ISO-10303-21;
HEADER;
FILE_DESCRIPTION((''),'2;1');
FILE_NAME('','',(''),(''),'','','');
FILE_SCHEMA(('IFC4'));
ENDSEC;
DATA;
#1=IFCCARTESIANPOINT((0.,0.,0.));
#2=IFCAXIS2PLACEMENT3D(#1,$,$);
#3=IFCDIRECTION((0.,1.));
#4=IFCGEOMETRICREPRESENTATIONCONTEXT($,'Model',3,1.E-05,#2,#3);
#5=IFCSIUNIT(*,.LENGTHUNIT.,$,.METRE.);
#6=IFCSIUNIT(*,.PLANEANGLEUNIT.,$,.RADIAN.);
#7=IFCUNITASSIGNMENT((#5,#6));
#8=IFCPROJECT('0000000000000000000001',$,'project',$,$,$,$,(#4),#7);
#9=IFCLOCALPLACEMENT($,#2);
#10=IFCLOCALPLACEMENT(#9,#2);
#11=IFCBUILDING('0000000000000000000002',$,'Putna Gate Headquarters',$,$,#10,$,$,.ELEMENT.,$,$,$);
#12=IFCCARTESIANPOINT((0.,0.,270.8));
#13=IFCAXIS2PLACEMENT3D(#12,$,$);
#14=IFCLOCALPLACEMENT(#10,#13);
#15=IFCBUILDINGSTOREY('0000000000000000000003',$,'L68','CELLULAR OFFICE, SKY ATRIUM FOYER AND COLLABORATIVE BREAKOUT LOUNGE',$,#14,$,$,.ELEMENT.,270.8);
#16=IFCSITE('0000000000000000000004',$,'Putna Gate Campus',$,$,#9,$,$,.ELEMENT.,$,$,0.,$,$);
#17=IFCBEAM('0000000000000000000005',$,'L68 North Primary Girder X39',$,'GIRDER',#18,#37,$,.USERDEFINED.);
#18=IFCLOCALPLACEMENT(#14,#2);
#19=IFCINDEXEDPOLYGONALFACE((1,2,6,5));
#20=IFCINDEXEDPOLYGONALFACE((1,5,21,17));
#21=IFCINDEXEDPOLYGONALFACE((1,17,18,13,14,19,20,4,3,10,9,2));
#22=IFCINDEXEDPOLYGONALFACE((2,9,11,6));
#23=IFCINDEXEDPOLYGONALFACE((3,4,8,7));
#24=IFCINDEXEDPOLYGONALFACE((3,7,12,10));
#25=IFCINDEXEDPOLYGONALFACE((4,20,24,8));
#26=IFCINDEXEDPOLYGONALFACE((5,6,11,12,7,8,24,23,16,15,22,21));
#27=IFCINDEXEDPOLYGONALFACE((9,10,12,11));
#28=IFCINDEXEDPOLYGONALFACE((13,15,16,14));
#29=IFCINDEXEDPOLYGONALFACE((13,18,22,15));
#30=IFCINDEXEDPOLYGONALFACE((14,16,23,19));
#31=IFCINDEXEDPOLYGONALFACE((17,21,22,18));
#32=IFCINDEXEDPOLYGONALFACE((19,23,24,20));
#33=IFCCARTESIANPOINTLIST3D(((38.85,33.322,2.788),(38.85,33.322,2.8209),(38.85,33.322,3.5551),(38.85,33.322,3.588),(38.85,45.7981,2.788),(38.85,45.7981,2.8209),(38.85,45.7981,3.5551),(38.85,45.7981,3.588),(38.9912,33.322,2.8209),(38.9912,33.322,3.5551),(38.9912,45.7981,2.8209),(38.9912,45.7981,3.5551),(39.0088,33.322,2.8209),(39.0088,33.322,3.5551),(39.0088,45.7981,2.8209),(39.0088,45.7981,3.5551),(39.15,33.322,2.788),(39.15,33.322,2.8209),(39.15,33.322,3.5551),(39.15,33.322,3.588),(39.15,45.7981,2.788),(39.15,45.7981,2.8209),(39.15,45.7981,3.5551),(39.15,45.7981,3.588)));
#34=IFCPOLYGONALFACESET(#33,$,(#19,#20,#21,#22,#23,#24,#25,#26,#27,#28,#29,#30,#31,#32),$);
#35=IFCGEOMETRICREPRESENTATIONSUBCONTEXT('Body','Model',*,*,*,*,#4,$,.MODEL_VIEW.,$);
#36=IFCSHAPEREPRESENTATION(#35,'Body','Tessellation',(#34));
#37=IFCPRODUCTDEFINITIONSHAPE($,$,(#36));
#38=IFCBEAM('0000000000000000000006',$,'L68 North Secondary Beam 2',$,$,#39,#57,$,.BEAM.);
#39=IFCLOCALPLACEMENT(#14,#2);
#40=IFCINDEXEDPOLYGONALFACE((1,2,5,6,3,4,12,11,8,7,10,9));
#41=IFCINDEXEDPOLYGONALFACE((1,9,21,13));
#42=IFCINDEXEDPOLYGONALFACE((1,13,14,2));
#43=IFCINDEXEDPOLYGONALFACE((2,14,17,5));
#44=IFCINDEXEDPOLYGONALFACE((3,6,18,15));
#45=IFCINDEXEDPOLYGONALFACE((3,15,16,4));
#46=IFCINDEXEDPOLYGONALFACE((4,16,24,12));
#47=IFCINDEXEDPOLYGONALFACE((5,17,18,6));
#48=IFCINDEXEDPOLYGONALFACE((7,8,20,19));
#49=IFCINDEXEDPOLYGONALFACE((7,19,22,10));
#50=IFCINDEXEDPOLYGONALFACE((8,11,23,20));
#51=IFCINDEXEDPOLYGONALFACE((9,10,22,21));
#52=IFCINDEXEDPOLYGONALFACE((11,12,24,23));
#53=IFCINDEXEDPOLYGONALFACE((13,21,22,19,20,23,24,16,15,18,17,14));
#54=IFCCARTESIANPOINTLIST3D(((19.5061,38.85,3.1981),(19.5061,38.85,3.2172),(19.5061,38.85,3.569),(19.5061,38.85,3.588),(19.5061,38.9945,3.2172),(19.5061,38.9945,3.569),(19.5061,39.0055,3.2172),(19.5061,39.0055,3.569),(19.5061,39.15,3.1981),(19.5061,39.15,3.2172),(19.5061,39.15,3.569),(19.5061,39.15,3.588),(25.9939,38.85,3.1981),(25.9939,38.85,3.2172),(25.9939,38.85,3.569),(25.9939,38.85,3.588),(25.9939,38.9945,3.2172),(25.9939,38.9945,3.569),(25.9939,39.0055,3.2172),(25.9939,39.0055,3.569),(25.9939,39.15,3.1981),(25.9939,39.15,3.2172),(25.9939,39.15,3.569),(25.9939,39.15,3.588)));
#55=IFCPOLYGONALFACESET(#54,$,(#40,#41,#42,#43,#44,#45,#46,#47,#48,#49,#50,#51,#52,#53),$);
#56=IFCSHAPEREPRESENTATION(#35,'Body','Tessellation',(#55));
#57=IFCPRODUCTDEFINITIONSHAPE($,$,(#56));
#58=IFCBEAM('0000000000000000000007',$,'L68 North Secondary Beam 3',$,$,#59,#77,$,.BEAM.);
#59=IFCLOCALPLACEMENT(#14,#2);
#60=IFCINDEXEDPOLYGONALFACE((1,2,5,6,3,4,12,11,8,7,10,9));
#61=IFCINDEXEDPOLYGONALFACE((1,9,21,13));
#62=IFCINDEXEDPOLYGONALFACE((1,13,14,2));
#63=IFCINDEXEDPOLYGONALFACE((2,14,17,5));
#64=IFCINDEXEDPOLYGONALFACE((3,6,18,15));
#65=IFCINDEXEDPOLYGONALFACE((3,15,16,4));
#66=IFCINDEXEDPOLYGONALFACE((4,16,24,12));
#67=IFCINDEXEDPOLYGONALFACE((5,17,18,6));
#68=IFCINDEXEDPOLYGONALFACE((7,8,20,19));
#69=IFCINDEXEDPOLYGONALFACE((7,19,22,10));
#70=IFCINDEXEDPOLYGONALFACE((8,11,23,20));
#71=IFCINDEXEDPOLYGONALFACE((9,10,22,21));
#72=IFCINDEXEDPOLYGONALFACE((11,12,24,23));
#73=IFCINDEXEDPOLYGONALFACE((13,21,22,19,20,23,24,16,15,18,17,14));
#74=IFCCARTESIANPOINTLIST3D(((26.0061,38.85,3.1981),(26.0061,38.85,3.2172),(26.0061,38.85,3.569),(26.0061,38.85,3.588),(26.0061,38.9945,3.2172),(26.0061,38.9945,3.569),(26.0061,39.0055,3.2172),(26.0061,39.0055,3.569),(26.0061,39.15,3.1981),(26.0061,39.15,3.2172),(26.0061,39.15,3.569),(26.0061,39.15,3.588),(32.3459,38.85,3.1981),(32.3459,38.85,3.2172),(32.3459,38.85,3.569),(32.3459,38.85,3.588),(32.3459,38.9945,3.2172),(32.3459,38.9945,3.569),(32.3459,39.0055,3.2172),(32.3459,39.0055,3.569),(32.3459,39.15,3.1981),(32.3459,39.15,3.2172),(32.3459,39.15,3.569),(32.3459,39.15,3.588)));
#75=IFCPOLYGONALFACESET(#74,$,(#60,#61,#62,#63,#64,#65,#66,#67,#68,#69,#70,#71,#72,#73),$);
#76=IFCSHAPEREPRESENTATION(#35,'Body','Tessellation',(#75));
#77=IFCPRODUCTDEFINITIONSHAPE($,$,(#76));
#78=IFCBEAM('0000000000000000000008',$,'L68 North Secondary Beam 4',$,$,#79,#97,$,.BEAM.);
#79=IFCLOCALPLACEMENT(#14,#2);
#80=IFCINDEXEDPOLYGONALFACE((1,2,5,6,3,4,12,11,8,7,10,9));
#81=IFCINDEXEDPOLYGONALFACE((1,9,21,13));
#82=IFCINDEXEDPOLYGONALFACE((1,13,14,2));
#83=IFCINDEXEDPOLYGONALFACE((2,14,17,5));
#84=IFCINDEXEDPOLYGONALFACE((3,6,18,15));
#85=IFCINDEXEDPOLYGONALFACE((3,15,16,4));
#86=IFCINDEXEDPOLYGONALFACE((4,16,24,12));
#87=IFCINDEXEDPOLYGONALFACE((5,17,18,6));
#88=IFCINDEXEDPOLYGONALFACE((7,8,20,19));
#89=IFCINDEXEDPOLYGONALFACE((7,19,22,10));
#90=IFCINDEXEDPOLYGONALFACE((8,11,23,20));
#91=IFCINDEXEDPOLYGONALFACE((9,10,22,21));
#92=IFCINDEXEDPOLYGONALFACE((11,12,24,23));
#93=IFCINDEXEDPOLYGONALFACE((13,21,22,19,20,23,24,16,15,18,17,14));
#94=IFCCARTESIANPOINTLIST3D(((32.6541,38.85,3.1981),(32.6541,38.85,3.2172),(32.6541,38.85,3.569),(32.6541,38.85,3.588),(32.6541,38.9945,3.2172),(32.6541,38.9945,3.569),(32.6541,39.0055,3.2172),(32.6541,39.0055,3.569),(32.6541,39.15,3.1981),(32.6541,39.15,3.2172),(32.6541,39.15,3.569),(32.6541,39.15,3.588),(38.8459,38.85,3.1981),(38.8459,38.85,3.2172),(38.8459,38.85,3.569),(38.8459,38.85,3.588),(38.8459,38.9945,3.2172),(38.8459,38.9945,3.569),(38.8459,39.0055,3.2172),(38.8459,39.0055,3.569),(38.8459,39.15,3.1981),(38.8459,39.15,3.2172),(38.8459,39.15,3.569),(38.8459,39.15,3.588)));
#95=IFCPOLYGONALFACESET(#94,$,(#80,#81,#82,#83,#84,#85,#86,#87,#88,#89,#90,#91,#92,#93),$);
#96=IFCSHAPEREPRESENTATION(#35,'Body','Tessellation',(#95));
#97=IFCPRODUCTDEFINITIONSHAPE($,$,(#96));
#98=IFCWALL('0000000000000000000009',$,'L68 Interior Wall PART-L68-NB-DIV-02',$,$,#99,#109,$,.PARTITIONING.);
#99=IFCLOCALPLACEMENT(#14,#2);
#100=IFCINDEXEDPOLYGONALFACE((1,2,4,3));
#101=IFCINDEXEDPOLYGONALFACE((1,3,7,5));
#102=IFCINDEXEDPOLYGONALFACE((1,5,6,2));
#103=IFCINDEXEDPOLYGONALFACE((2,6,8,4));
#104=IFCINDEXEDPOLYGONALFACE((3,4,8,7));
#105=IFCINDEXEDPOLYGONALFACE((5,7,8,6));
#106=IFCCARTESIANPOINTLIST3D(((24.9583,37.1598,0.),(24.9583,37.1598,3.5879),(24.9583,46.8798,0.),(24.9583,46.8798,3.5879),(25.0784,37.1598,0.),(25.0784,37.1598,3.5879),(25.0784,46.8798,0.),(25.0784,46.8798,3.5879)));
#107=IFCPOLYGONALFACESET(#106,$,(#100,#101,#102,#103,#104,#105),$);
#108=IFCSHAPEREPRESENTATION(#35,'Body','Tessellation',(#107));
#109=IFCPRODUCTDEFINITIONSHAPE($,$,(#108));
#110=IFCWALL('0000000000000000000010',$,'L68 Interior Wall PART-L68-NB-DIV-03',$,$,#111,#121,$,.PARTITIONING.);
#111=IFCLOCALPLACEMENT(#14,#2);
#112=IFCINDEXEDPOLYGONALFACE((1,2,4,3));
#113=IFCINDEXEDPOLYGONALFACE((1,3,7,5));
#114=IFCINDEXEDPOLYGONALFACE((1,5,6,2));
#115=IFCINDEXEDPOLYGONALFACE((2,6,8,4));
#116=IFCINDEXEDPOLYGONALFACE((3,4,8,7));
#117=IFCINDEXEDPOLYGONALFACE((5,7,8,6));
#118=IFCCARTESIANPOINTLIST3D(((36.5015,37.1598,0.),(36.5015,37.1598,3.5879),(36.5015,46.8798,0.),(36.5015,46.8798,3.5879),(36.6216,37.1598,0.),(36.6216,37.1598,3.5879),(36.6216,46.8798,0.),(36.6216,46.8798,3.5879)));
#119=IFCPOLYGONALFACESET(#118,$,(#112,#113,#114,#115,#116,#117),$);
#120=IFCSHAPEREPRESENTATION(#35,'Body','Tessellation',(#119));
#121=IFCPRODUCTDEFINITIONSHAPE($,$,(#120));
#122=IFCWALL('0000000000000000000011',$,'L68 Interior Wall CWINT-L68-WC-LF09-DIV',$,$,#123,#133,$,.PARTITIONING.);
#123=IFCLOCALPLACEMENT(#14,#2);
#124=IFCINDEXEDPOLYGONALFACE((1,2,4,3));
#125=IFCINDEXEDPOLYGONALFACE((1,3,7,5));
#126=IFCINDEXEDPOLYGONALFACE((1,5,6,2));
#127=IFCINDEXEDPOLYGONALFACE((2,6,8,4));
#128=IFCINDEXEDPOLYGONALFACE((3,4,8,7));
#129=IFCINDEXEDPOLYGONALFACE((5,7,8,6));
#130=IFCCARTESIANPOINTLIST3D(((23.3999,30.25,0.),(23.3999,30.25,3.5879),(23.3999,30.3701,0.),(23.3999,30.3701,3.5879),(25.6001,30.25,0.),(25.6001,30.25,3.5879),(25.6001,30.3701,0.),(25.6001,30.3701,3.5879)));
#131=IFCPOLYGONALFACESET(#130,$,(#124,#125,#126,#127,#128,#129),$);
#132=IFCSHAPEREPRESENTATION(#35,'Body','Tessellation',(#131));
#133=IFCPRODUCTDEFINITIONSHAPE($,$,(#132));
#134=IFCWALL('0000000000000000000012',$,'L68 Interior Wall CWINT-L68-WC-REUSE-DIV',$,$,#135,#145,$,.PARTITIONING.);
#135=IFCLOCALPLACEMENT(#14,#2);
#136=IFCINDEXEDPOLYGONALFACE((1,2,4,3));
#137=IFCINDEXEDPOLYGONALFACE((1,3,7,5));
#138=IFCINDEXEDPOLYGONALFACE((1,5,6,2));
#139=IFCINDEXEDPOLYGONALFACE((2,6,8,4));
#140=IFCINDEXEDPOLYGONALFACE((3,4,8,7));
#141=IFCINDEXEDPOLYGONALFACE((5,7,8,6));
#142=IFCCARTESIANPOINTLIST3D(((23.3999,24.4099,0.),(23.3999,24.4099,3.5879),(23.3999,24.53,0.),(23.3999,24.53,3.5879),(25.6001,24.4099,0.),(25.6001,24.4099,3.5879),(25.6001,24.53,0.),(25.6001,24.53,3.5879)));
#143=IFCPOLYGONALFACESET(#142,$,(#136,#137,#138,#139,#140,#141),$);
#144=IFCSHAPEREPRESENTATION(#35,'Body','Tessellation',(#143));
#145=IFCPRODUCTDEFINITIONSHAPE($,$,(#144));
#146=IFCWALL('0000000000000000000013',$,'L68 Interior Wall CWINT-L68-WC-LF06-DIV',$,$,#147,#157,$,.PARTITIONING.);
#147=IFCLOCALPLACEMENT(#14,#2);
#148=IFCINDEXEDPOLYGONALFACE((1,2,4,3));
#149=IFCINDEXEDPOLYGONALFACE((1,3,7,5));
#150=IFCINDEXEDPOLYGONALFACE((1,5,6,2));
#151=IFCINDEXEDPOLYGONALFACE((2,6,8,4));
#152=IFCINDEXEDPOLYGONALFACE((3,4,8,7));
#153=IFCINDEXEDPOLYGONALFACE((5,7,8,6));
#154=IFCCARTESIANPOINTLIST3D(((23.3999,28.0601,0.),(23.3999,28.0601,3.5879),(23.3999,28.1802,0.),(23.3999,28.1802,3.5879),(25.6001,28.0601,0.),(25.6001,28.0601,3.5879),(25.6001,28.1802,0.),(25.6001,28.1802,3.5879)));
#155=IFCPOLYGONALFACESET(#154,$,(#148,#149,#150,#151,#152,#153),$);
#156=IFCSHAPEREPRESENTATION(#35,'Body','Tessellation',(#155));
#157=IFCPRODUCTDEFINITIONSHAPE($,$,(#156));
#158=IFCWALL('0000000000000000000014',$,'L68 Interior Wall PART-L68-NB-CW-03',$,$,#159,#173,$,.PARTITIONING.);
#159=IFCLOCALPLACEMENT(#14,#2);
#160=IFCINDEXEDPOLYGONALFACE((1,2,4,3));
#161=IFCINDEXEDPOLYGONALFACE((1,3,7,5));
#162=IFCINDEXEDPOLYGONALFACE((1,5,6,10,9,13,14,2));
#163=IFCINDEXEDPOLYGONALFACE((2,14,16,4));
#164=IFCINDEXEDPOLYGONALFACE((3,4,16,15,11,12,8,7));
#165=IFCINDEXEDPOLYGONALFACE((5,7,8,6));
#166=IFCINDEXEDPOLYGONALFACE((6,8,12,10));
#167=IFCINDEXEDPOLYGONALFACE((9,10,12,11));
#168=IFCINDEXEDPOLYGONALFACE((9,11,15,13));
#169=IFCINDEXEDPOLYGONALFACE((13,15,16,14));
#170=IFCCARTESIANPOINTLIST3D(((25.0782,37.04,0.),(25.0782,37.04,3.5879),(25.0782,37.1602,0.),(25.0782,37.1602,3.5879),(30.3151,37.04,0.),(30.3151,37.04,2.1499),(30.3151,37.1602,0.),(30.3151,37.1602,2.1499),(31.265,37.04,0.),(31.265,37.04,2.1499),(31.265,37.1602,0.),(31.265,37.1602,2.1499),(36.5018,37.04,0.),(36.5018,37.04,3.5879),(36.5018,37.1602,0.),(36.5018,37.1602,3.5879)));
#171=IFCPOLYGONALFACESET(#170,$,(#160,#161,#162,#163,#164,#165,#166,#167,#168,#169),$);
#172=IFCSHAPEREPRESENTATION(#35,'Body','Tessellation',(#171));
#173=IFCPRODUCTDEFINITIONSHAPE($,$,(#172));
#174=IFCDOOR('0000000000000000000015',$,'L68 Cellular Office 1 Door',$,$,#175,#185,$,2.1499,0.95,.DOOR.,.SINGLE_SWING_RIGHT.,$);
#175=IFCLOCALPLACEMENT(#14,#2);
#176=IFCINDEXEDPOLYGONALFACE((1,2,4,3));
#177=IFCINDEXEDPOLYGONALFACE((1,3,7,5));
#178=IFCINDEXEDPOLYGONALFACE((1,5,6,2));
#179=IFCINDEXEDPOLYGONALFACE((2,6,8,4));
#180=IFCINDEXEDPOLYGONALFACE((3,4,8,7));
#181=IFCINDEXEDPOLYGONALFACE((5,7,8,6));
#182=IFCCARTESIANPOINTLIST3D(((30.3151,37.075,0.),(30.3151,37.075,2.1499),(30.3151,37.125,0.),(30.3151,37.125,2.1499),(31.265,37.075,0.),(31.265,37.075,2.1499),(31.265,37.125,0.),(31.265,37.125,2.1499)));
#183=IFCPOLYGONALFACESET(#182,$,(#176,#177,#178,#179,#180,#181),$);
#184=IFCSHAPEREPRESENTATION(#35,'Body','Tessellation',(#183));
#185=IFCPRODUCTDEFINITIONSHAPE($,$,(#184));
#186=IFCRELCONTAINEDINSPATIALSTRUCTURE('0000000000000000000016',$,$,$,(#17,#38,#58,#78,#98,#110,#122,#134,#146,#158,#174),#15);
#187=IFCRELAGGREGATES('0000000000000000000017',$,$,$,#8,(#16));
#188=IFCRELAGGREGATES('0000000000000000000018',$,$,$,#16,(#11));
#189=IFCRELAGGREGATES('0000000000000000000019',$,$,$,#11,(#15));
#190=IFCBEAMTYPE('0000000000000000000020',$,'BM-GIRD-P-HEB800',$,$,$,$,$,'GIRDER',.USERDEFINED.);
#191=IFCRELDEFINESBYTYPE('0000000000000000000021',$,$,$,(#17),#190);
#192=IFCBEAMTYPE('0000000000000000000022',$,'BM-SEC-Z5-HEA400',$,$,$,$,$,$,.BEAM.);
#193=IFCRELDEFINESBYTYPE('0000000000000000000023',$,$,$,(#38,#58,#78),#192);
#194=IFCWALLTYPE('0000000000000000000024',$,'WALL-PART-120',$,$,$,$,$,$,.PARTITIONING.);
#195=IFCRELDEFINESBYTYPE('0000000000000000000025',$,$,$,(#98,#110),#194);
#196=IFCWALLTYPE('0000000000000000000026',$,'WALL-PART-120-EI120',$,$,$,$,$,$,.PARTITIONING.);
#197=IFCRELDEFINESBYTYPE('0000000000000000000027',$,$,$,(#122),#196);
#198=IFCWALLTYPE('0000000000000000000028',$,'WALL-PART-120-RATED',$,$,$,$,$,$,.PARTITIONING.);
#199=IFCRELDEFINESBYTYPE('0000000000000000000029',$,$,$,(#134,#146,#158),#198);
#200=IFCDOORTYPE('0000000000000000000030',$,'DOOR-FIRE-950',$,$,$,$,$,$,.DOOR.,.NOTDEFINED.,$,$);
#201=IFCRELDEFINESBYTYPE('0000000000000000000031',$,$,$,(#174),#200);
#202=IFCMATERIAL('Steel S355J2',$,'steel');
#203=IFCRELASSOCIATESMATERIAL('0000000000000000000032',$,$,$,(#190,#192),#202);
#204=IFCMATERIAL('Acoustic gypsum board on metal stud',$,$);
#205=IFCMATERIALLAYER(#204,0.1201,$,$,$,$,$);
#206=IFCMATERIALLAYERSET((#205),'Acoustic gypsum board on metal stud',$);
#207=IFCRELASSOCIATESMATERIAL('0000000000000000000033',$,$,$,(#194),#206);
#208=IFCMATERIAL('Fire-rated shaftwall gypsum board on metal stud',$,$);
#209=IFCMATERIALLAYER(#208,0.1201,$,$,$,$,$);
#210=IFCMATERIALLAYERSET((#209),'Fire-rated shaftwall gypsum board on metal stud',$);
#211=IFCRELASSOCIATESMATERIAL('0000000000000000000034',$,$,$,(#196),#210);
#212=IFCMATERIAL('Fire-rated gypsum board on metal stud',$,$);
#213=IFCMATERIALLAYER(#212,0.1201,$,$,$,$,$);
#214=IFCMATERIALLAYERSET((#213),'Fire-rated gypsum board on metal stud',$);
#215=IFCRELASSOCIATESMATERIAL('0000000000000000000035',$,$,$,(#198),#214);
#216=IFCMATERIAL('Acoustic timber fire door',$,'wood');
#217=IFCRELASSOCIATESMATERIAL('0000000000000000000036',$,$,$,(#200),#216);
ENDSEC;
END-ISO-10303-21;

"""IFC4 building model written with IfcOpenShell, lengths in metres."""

from ifc_helpers import new_model, si_unit, direction, frame, frame_2d, origin, origin_2d, place, context, subcontext, project, spatial, rectangle, i_section, extrude, material, layer, layer_set, material_profile, profile_set, type_object, element, fill, save


model = new_model("IFC4")

# Units and contexts
model_context = context("Model", 3, precision=1e-05, world=origin(), true_north=direction((0.0, 1.0)))
body_context = subcontext(model_context, "Body", "Model", "MODEL_VIEW")
ifc_project = project(units=[si_unit("LENGTHUNIT", "METRE"), si_unit("PLANEANGLEUNIT", "RADIAN")], contexts=[model_context])

# Site, building, storey
site_placement = place(None, origin())
site = spatial("IfcSite", under=ifc_project, at=site_placement, Name="Putna Gate Campus", CompositionType="ELEMENT", RefElevation=0.0)
building_placement = place(site_placement, origin())
building = spatial("IfcBuilding", under=site, at=building_placement, Name="Putna Gate Headquarters", CompositionType="ELEMENT")
storey_placement = place(building_placement, frame((0.0, 0.0, 270.8)))
storey = spatial("IfcBuildingStorey", under=building, at=storey_placement, Name="L68", Description="CELLULAR OFFICE, SKY ATRIUM FOYER AND COLLABORATIVE BREAKOUT LOUNGE", CompositionType="ELEMENT", Elevation=270.8)

# Beams
ifc_material_1 = material(Name="Steel S355J2", Category="steel")
ifc_material_profile_1 = material_profile(ifc_material_1, i_section(OverallWidth=0.3, OverallDepth=0.8, WebThickness=0.0176, FlangeThickness=0.033, at=origin_2d()), Name="Steel S355J2")
ifc_profile_set_1 = profile_set([ifc_material_profile_1], Name="Steel S355J2")
beam_type_1 = type_object("IfcBeamType", Name="BM-GIRD-P-HEB800", ElementType="GIRDER", PredefinedType="USERDEFINED", material=ifc_profile_set_1)
for number, where, z_axis, x_axis, name in (
    (1, (39.0, 33.322, 3.188), (0.0, 1.0, 0.0), (-1.0, 0.0, 0.0), "L68 North Primary Girder X39"),
):
    element("IfcBeam", number, at=place(storey_placement, frame(where, z_axis=z_axis, x_axis=x_axis)), inside=storey, type_object=beam_type_1, Name=name, ObjectType="GIRDER", PredefinedType="USERDEFINED", context=body_context, shape_type="SweptSolid", body=[
        extrude(i_section(OverallWidth=0.3, OverallDepth=0.8, WebThickness=0.0176, FlangeThickness=0.033, at=origin_2d()), origin(), (0.0, 0.0, 1.0), 12.4761),
    ])
ifc_material_profile_2 = material_profile(ifc_material_1, i_section(OverallWidth=0.3, OverallDepth=0.3899, WebThickness=0.011, FlangeThickness=0.019, at=origin_2d()), Name="Steel S355J2")
ifc_profile_set_2 = profile_set([ifc_material_profile_2], Name="Steel S355J2")
beam_type_2 = type_object("IfcBeamType", Name="BM-SEC-Z5-HEA400", PredefinedType="BEAM", material=ifc_profile_set_2)
beam_1_placement = place(storey_placement, frame((19.5061, 39.0, 3.3931), z_axis=(1.0, 0.0, 0.0), x_axis=(0.0, 1.0, 0.0)))
element("IfcBeam", 2, at=beam_1_placement, inside=storey, type_object=beam_type_2, Name="L68 North Secondary Beam 2", PredefinedType="BEAM", context=body_context, shape_type="SweptSolid", body=[
    extrude(i_section(OverallWidth=0.3, OverallDepth=0.3899, WebThickness=0.011, FlangeThickness=0.019, at=origin_2d()), origin(), (0.0, 0.0, 1.0), 6.4878),
])
beam_2_placement = place(storey_placement, frame((26.0061, 39.0, 3.3931), z_axis=(1.0, 0.0, 0.0), x_axis=(0.0, 1.0, 0.0)))
element("IfcBeam", 3, at=beam_2_placement, inside=storey, type_object=beam_type_2, Name="L68 North Secondary Beam 3", PredefinedType="BEAM", context=body_context, shape_type="SweptSolid", body=[
    extrude(i_section(OverallWidth=0.3, OverallDepth=0.3899, WebThickness=0.011, FlangeThickness=0.019, at=origin_2d()), origin(), (0.0, 0.0, 1.0), 6.3398),
])
beam_3_placement = place(storey_placement, frame((32.6541, 39.0, 3.3931), z_axis=(1.0, 0.0, 0.0), x_axis=(0.0, 1.0, 0.0)))
element("IfcBeam", 4, at=beam_3_placement, inside=storey, type_object=beam_type_2, Name="L68 North Secondary Beam 4", PredefinedType="BEAM", context=body_context, shape_type="SweptSolid", body=[
    extrude(i_section(OverallWidth=0.3, OverallDepth=0.3899, WebThickness=0.011, FlangeThickness=0.019, at=origin_2d()), origin(), (0.0, 0.0, 1.0), 6.1919),
])

# Walls
ifc_material_2 = material(Name="Acoustic gypsum board on metal stud")
ifc_layer_1 = layer(ifc_material_2, 0.1201)
ifc_layer_set_1 = layer_set([ifc_layer_1], Name="Acoustic gypsum board on metal stud")
wall_type_1 = type_object("IfcWallType", Name="WALL-PART-120", PredefinedType="PARTITIONING", material=ifc_layer_set_1)
for number, where, z_axis, x_axis, name in (
    (5, (25.0183, 37.1599, 0.0), (0.0, 0.0, 1.0), (0.0, 1.0, 0.0), "L68 Interior Wall PART-L68-NB-DIV-02"),
    (6, (36.5615, 37.1599, 0.0), (0.0, 0.0, 1.0), (0.0, 1.0, 0.0), "L68 Interior Wall PART-L68-NB-DIV-03"),
):
    element("IfcWall", number, at=place(storey_placement, frame(where, z_axis=z_axis, x_axis=x_axis)), inside=storey, type_object=wall_type_1, Name=name, PredefinedType="PARTITIONING", context=body_context, shape_type="SweptSolid", body=[
        extrude(rectangle(XDim=9.72, YDim=0.1201, at=frame_2d((4.8599, 0.0))), origin(), (0.0, 0.0, 1.0), 3.5879),
    ])
ifc_material_3 = material(Name="Fire-rated shaftwall gypsum board on metal stud")
ifc_layer_2 = layer(ifc_material_3, 0.1201)
ifc_layer_set_2 = layer_set([ifc_layer_2], Name="Fire-rated shaftwall gypsum board on metal stud")
wall_type_2 = type_object("IfcWallType", Name="WALL-PART-120-EI120", PredefinedType="PARTITIONING", material=ifc_layer_set_2)
wall_1_placement = place(storey_placement, frame((23.3999, 30.3101, 0.0), z_axis=(0.0, 0.0, 1.0), x_axis=(1.0, 0.0, 0.0)))
element("IfcWall", 7, at=wall_1_placement, inside=storey, type_object=wall_type_2, Name="L68 Interior Wall CWINT-L68-WC-LF09-DIV", PredefinedType="PARTITIONING", context=body_context, shape_type="SweptSolid", body=[
    extrude(rectangle(XDim=2.2002, YDim=0.1201, at=frame_2d((1.1001, 0.0))), origin(), (0.0, 0.0, 1.0), 3.5879),
])
ifc_material_4 = material(Name="Fire-rated gypsum board on metal stud")
ifc_layer_3 = layer(ifc_material_4, 0.1201)
ifc_layer_set_3 = layer_set([ifc_layer_3], Name="Fire-rated gypsum board on metal stud")
wall_type_3 = type_object("IfcWallType", Name="WALL-PART-120-RATED", PredefinedType="PARTITIONING", material=ifc_layer_set_3)
for number, where, z_axis, x_axis, name in (
    (8, (23.3999, 24.47, 0.0), (0.0, 0.0, 1.0), (1.0, 0.0, 0.0), "L68 Interior Wall CWINT-L68-WC-REUSE-DIV"),
    (9, (23.3999, 28.1201, 0.0), (0.0, 0.0, 1.0), (1.0, 0.0, 0.0), "L68 Interior Wall CWINT-L68-WC-LF06-DIV"),
):
    element("IfcWall", number, at=place(storey_placement, frame(where, z_axis=z_axis, x_axis=x_axis)), inside=storey, type_object=wall_type_3, Name=name, PredefinedType="PARTITIONING", context=body_context, shape_type="SweptSolid", body=[
        extrude(rectangle(XDim=2.2002, YDim=0.1201, at=frame_2d((1.1001, 0.0))), origin(), (0.0, 0.0, 1.0), 3.5879),
    ])

# Wall, opening, door
wall_2_placement = place(storey_placement, frame((25.0781, 37.1001, 0.0), z_axis=(0.0, 0.0, 1.0), x_axis=(1.0, 0.0, 0.0)))
wall_2 = element("IfcWall", 10, at=wall_2_placement, inside=storey, type_object=wall_type_3, Name="L68 Interior Wall PART-L68-NB-CW-03", PredefinedType="PARTITIONING", context=body_context, shape_type="SweptSolid", body=[
    extrude(rectangle(XDim=11.4236, YDim=0.1201, at=frame_2d((5.7119, 0.0))), origin(), (0.0, 0.0, 1.0), 3.5879),
])
opening_1_placement = place(wall_2_placement, frame((5.2368, 0.0, 0.0)))
opening_1 = element("IfcOpeningElement", 11, at=opening_1_placement, cuts=wall_2, PredefinedType="OPENING", context=body_context, shape_type="SweptSolid", body=[
    extrude(rectangle(XDim=0.95, YDim=2.1499, at=frame_2d((0.4751, 1.075))), frame((0.0, 0.0701, 0.0), z_axis=(0.0, -1.0, 0.0), x_axis=(1.0, 0.0, 0.0)), (0.0, 0.0, 1.0), 0.1401),
])
ifc_material_5 = material(Name="Acoustic timber fire door", Category="wood")
door_type = type_object("IfcDoorType", Name="DOOR-FIRE-950", OperationType="NOTDEFINED", PredefinedType="DOOR", material=ifc_material_5)
door_1_placement = place(opening_1_placement, origin())
door_1 = element("IfcDoor", 12, at=door_1_placement, inside=storey, type_object=door_type, Name="L68 Cellular Office 1 Door", OperationType="SINGLE_SWING_RIGHT", OverallHeight=2.1499, OverallWidth=0.95, PredefinedType="DOOR", context=body_context, shape_type="SweptSolid", body=[
    extrude(rectangle(XDim=0.95, YDim=2.1499, at=frame_2d((0.4751, 1.075))), frame((0.0, 0.0249, 0.0), z_axis=(0.0, -1.0, 0.0), x_axis=(1.0, 0.0, 0.0)), (0.0, 0.0, 1.0), 0.05),
])
fill(opening_1, door_1)

save(model, "model.ifc")
